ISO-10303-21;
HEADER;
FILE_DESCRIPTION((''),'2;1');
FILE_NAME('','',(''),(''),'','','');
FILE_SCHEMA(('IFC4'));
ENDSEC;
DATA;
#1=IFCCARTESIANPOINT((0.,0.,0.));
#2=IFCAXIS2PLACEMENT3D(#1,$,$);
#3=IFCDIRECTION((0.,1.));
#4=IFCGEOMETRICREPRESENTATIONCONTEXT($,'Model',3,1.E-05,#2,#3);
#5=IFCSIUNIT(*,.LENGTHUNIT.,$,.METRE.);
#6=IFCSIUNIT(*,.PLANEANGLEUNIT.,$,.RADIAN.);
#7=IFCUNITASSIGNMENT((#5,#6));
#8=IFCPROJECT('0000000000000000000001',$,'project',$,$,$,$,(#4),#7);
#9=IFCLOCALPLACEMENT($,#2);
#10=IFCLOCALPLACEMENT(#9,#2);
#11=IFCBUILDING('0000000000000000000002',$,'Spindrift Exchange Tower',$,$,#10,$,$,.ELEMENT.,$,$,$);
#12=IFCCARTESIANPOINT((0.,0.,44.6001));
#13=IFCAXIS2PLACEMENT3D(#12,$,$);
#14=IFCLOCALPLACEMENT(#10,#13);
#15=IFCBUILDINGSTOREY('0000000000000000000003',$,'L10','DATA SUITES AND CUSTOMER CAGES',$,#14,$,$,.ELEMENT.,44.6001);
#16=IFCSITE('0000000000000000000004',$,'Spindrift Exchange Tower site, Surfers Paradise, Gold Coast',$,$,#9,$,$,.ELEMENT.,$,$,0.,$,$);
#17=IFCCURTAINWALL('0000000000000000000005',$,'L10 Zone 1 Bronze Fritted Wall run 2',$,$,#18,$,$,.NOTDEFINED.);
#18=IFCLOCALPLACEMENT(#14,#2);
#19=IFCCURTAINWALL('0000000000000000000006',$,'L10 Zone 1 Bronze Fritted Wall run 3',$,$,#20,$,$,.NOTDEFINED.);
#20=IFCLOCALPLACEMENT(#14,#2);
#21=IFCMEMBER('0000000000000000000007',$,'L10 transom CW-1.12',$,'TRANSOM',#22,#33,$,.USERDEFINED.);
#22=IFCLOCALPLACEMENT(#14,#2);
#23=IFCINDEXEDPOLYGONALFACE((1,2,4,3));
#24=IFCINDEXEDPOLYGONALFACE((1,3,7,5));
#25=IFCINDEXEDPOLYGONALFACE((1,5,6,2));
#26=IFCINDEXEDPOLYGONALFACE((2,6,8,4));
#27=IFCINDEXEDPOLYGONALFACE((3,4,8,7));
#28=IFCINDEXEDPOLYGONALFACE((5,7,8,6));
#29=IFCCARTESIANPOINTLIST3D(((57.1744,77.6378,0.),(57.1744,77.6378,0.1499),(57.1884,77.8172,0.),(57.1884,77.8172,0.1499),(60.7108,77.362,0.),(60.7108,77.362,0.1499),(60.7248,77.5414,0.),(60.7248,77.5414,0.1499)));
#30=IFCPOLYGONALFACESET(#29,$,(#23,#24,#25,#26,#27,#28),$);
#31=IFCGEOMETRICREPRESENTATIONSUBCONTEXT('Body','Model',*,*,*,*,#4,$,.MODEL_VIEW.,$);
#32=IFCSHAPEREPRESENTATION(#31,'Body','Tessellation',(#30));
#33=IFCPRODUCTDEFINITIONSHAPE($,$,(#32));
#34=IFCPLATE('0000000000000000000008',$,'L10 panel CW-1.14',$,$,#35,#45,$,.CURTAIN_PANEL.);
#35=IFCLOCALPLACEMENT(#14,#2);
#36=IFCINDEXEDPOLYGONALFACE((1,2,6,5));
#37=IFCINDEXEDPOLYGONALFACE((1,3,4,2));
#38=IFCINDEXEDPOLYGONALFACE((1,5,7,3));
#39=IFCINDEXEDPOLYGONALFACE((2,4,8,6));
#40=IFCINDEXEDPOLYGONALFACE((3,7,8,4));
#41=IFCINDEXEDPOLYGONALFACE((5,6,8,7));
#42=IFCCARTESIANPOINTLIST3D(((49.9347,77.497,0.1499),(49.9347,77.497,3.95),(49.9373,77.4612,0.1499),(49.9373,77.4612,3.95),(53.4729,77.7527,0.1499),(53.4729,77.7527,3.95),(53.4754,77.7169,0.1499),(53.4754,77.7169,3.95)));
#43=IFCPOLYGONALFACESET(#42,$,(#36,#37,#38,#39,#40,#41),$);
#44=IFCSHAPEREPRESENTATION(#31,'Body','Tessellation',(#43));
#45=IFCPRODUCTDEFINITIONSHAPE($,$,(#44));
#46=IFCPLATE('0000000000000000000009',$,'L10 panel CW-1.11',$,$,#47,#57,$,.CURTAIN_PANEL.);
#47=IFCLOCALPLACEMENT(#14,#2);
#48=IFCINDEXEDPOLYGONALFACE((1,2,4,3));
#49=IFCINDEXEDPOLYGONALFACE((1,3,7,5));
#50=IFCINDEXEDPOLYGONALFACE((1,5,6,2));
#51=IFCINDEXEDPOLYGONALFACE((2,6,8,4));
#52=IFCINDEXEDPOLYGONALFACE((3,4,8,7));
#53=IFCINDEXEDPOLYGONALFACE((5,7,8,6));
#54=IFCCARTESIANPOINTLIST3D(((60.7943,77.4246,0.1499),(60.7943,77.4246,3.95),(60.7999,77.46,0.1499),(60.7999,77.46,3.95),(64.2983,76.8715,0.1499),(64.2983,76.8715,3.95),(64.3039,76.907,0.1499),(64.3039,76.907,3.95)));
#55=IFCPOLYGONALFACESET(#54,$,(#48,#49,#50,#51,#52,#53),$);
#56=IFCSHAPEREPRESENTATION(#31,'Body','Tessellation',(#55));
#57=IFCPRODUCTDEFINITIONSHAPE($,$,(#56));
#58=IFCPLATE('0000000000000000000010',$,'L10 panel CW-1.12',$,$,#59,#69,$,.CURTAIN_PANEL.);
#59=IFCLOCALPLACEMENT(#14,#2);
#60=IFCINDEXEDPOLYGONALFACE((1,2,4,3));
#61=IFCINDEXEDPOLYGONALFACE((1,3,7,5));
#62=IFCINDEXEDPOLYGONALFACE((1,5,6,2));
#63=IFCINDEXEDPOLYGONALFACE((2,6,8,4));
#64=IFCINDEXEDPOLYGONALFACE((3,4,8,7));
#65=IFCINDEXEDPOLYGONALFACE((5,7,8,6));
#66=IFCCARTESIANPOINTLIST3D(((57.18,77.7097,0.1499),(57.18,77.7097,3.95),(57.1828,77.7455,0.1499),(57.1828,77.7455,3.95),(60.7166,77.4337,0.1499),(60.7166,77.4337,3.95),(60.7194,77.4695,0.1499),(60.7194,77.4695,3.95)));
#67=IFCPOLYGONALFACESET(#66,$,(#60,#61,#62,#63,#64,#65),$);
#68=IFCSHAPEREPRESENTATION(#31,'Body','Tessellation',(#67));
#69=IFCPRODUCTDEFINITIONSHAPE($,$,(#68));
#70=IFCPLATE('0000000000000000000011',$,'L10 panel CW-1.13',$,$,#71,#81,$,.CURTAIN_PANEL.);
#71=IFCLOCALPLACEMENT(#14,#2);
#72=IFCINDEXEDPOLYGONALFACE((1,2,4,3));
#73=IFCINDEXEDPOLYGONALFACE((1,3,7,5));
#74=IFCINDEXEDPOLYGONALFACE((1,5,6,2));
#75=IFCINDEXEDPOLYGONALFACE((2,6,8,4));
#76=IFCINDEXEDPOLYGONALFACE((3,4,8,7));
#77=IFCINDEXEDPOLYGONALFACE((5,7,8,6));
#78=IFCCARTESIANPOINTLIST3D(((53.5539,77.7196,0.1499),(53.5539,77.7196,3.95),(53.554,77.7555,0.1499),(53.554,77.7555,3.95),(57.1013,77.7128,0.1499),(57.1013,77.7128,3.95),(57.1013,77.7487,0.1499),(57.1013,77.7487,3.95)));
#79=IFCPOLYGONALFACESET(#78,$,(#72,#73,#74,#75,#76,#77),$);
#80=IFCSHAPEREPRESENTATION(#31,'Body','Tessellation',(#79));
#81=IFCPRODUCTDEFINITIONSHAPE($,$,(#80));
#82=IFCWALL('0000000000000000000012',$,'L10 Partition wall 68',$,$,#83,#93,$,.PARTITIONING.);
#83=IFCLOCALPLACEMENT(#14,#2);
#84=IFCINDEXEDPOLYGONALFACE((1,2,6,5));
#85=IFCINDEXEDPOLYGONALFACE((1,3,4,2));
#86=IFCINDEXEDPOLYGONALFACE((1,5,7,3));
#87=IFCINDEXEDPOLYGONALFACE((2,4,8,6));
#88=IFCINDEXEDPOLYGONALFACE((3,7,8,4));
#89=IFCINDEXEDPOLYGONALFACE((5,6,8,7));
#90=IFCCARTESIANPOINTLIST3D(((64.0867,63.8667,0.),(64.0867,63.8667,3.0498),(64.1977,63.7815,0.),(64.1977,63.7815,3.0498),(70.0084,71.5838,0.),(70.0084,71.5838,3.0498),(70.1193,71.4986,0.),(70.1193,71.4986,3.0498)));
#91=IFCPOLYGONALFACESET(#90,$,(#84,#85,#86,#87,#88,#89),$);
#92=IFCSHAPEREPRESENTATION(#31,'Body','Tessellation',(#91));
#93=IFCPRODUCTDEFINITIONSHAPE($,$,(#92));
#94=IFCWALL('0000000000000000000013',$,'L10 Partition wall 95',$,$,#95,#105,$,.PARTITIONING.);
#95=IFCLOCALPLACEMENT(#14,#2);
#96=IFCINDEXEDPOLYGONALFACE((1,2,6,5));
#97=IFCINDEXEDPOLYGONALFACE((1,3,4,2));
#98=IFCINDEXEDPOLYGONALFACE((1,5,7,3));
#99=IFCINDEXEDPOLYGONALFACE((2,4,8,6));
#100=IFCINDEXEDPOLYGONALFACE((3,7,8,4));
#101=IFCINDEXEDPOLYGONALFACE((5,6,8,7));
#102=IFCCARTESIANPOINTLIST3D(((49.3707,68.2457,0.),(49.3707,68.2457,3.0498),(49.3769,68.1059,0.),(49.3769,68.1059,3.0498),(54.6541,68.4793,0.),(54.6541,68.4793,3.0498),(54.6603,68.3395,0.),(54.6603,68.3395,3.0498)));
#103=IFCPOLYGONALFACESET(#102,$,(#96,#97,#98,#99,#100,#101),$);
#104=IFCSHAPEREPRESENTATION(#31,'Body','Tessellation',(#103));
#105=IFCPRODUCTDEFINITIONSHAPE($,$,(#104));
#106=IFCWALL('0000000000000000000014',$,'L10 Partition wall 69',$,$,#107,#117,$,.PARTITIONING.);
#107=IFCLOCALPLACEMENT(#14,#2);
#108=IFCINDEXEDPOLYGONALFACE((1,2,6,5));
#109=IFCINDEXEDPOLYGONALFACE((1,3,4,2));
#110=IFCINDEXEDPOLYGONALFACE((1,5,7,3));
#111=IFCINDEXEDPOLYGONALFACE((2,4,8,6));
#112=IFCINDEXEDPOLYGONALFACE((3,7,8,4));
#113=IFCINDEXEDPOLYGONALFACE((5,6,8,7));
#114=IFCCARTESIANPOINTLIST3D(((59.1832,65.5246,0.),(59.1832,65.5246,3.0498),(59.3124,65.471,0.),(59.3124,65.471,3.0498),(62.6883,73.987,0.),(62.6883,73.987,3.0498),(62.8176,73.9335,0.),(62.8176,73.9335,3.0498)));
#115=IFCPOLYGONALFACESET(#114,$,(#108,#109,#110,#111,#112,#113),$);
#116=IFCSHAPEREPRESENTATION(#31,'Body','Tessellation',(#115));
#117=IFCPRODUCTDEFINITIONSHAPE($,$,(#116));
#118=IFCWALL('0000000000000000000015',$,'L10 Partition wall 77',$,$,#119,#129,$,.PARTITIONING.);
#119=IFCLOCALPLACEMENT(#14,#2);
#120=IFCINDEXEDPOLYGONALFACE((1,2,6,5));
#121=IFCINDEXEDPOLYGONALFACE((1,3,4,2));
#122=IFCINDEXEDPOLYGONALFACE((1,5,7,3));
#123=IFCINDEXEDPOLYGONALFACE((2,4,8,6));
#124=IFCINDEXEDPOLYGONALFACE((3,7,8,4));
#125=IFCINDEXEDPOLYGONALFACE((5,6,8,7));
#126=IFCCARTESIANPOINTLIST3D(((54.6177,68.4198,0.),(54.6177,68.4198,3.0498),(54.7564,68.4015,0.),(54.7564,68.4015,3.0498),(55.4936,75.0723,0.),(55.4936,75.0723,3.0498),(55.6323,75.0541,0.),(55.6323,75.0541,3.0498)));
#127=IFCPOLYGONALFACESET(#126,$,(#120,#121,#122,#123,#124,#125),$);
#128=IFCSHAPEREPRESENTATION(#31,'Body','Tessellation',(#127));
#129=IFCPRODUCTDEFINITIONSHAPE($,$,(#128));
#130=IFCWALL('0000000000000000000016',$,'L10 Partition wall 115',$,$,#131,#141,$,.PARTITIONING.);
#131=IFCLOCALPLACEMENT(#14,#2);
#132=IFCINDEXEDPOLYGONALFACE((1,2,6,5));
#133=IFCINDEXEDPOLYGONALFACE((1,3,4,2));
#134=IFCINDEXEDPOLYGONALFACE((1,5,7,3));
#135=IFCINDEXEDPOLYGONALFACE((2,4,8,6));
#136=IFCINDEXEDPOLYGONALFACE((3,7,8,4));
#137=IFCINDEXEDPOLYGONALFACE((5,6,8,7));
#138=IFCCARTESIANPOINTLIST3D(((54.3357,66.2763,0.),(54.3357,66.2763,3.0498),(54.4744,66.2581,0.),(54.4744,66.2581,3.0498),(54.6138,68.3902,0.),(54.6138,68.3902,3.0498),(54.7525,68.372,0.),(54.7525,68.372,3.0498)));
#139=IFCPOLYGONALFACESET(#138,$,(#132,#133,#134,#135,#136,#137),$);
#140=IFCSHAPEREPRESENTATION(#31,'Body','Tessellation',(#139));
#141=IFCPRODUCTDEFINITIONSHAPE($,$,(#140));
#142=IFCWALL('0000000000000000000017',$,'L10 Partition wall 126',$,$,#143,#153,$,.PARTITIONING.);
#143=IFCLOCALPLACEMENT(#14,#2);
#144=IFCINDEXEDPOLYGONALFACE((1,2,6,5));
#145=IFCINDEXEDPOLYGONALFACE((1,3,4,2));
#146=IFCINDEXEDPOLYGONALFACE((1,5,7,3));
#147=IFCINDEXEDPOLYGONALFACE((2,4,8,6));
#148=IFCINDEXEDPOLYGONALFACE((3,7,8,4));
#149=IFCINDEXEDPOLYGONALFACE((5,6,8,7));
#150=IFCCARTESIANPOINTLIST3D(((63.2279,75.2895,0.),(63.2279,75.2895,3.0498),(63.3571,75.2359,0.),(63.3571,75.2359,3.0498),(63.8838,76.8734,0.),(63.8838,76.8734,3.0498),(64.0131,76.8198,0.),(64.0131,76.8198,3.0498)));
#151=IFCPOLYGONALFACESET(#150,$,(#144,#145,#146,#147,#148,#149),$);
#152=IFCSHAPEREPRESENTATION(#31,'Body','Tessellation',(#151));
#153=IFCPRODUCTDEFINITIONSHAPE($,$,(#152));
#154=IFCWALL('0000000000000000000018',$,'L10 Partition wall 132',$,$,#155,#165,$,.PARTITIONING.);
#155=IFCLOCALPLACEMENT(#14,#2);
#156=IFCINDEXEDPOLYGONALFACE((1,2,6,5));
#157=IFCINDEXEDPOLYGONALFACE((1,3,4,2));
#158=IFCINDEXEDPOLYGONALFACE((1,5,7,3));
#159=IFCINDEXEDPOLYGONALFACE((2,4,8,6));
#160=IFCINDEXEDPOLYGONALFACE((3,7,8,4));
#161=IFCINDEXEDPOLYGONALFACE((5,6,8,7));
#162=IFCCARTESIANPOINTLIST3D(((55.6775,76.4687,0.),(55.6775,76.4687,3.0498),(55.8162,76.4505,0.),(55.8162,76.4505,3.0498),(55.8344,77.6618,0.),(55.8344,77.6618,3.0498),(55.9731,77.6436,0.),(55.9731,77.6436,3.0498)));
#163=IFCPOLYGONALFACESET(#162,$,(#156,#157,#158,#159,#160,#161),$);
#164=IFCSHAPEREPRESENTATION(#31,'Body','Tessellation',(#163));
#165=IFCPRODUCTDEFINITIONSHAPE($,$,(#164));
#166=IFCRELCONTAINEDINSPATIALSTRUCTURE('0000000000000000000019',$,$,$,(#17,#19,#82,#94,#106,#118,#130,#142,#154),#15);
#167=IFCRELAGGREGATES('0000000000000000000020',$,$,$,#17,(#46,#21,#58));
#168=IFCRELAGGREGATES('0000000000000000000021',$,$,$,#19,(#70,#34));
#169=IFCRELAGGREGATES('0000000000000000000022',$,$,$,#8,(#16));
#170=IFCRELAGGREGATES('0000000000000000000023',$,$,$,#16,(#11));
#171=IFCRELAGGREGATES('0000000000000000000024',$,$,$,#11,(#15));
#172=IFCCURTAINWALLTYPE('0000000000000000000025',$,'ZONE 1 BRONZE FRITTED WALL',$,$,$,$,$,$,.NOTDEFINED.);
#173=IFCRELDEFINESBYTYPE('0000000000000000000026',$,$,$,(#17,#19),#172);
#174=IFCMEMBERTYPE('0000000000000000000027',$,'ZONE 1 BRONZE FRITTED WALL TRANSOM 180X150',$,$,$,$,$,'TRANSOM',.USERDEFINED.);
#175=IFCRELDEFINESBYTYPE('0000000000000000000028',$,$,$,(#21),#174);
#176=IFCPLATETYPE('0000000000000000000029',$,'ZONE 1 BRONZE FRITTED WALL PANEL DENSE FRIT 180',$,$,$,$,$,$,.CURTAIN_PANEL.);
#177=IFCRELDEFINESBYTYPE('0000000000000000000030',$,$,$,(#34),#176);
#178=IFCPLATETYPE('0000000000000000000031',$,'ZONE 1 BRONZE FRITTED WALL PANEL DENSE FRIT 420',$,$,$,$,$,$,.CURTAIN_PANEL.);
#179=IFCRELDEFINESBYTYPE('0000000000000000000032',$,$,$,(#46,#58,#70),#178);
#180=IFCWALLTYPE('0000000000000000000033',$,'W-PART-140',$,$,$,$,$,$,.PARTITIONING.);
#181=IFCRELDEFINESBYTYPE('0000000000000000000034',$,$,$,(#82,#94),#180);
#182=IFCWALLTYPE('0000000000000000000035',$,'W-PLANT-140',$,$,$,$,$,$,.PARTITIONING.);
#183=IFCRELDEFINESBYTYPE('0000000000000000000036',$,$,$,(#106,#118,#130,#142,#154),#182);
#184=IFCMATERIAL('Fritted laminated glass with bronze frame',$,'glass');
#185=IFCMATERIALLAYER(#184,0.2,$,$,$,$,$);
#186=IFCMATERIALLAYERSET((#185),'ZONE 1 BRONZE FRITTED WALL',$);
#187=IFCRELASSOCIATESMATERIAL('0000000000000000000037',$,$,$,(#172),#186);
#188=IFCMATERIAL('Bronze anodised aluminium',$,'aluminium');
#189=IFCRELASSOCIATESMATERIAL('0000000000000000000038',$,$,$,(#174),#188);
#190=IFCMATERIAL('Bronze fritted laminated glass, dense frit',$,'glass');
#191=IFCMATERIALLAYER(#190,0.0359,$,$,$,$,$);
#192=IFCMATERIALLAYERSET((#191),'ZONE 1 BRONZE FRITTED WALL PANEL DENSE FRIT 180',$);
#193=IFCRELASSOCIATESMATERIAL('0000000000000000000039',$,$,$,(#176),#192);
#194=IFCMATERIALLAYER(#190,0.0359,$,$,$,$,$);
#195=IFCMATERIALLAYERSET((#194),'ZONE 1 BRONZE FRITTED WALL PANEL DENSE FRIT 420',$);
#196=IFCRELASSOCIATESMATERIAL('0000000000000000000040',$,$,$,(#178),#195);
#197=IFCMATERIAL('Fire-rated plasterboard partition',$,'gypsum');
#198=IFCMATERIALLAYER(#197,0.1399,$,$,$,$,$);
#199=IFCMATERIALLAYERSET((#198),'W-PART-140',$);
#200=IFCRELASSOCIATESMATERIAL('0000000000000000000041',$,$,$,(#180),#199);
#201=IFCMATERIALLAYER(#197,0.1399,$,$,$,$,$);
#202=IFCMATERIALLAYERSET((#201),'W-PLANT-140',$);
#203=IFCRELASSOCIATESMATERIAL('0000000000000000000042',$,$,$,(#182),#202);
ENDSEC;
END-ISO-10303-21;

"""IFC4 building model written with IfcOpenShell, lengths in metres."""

from ifc_helpers import new_model, si_unit, direction, frame, frame_2d, origin, origin_2d, place, context, subcontext, project, spatial, rectangle, extrude, source, transform, mapped, material, layer, layer_set, material_profile, profile_set, type_object, element, aggregate, save


model = new_model("IFC4")

# Units and contexts
model_context = context("Model", 3, precision=1e-05, world=origin(), true_north=direction((0.0, 1.0)))
body_context = subcontext(model_context, "Body", "Model", "MODEL_VIEW")
ifc_project = project(units=[si_unit("LENGTHUNIT", "METRE"), si_unit("PLANEANGLEUNIT", "RADIAN")], contexts=[model_context])

# Site, building, storey
site_placement = place(None, origin())
site = spatial("IfcSite", under=ifc_project, at=site_placement, Name="Spindrift Exchange Tower site, Surfers Paradise, Gold Coast", CompositionType="ELEMENT", RefElevation=0.0)
building_placement = place(site_placement, origin())
building = spatial("IfcBuilding", under=site, at=building_placement, Name="Spindrift Exchange Tower", CompositionType="ELEMENT")
storey_placement = place(building_placement, frame((0.0, 0.0, 44.6001)))
storey = spatial("IfcBuildingStorey", under=building, at=storey_placement, Name="L10", Description="DATA SUITES AND CUSTOMER CAGES", CompositionType="ELEMENT", Elevation=44.6001)

# Curtain walls
ifc_material_1 = material(Name="Fritted laminated glass with bronze frame", Category="glass")
ifc_layer_1 = layer(ifc_material_1, 0.2)
ifc_layer_set_1 = layer_set([ifc_layer_1], Name="ZONE 1 BRONZE FRITTED WALL")
curtain_wall_type = type_object("IfcCurtainWallType", Name="ZONE 1 BRONZE FRITTED WALL", PredefinedType="NOTDEFINED", material=ifc_layer_set_1)
curtain_wall_1_placement = place(storey_placement, origin())
curtain_wall_1 = element("IfcCurtainWall", 1, at=curtain_wall_1_placement, inside=storey, type_object=curtain_wall_type, Name="L10 Zone 1 Bronze Fritted Wall run 2", PredefinedType="NOTDEFINED")
ifc_material_2 = material(Name="Bronze anodised aluminium", Category="aluminium")
curtain_wall_2_placement = place(storey_placement, origin())
curtain_wall_2 = element("IfcCurtainWall", 2, at=curtain_wall_2_placement, inside=storey, type_object=curtain_wall_type, Name="L10 Zone 1 Bronze Fritted Wall run 3", PredefinedType="NOTDEFINED")

# Member
ifc_material_profile_1 = material_profile(ifc_material_2, rectangle(XDim=0.1799, YDim=0.1499, at=origin_2d()), Name="ZONE 1 BRONZE FRITTED WALL TRANSOM 180X150")
ifc_profile_set_1 = profile_set([ifc_material_profile_1], Name="Bronze anodised aluminium")
member_type_1 = type_object("IfcMemberType", Name="ZONE 1 BRONZE FRITTED WALL TRANSOM 180X150", ElementType="TRANSOM", PredefinedType="USERDEFINED", material=ifc_profile_set_1)
shared_shape_1 = source(origin(), body_context, "Body", "SweptSolid", [
    extrude(rectangle(XDim=0.1799, YDim=0.1499, at=origin_2d()), origin(), (0.0, 0.0, 1.0), 3.5471),
])
member_1_placement = place(storey_placement, frame((60.7178, 77.4517, 0.075), z_axis=(-0.996971, 0.077775, 0.0), x_axis=(-0.077775, -0.996971, 0.0)))
member_1 = element("IfcMember", 3, at=member_1_placement, type_object=member_type_1, Name="L10 transom CW-1.12", ObjectType="TRANSOM", PredefinedType="USERDEFINED", context=body_context, shape_type="MappedRepresentation", body=[
    mapped(shared_shape_1, transform((0.0, 0.0, 0.0), scale=1.0)),
])

# Plates
ifc_material_3 = material(Name="Bronze fritted laminated glass, dense frit", Category="glass")
ifc_layer_2 = layer(ifc_material_3, 0.0359)
ifc_layer_set_2 = layer_set([ifc_layer_2], Name="ZONE 1 BRONZE FRITTED WALL PANEL DENSE FRIT 180")
plate_type_1 = type_object("IfcPlateType", Name="ZONE 1 BRONZE FRITTED WALL PANEL DENSE FRIT 180", PredefinedType="CURTAIN_PANEL", material=ifc_layer_set_2)
shared_shape_2 = source(origin(), body_context, "Body", "SweptSolid", [
    extrude(rectangle(XDim=3.5474, YDim=0.0359, at=origin_2d()), origin(), (0.0, 0.0, 1.0), 3.8),
])
plate_1_placement = place(storey_placement, frame((51.7051, 77.6069, 0.1499), z_axis=(0.0, 0.0, 1.0), x_axis=(-0.997398, -0.072091, 0.0)))
plate_1 = element("IfcPlate", 4, at=plate_1_placement, type_object=plate_type_1, Name="L10 panel CW-1.14", PredefinedType="CURTAIN_PANEL", context=body_context, shape_type="MappedRepresentation", body=[
    mapped(shared_shape_2, transform((0.0, 0.0, 0.0), scale=1.0)),
])
ifc_layer_3 = layer(ifc_material_3, 0.0359)
ifc_layer_set_3 = layer_set([ifc_layer_3], Name="ZONE 1 BRONZE FRITTED WALL PANEL DENSE FRIT 420")
plate_type_2 = type_object("IfcPlateType", Name="ZONE 1 BRONZE FRITTED WALL PANEL DENSE FRIT 420", PredefinedType="CURTAIN_PANEL", material=ifc_layer_set_3)
shared_shape_3 = source(origin(), body_context, "Body", "SweptSolid", [
    extrude(rectangle(XDim=3.5474, YDim=0.0359, at=origin_2d()), origin(), (0.0, 0.0, 1.0), 3.8),
])
plate_2_placement = place(storey_placement, frame((62.5491, 77.1658, 0.1499), z_axis=(0.0, 0.0, 1.0), x_axis=(-0.987772, 0.155903, 0.0)))
plate_2 = element("IfcPlate", 5, at=plate_2_placement, type_object=plate_type_2, Name="L10 panel CW-1.11", PredefinedType="CURTAIN_PANEL", context=body_context, shape_type="MappedRepresentation", body=[
    mapped(shared_shape_3, transform((0.0, 0.0, 0.0), scale=1.0)),
])
plate_3_placement = place(storey_placement, frame((58.9497, 77.5896, 0.1499), z_axis=(0.0, 0.0, 1.0), x_axis=(-0.996969, 0.0778, 0.0)))
plate_3 = element("IfcPlate", 6, at=plate_3_placement, type_object=plate_type_2, Name="L10 panel CW-1.12", PredefinedType="CURTAIN_PANEL", context=body_context, shape_type="MappedRepresentation", body=[
    mapped(shared_shape_3, transform((0.0, 0.0, 0.0), scale=1.0)),
])
aggregate(curtain_wall_1, [plate_2, member_1, plate_3])
plate_4_placement = place(storey_placement, frame((55.3276, 77.7341, 0.1499), z_axis=(0.0, 0.0, 1.0), x_axis=(-0.999998, 0.00193, 0.0)))
plate_4 = element("IfcPlate", 7, at=plate_4_placement, type_object=plate_type_2, Name="L10 panel CW-1.13", PredefinedType="CURTAIN_PANEL", context=body_context, shape_type="MappedRepresentation", body=[
    mapped(shared_shape_3, transform((0.0, 0.0, 0.0), scale=1.0)),
])
aggregate(curtain_wall_2, [plate_4, plate_1])

# Walls
ifc_material_4 = material(Name="Fire-rated plasterboard partition", Category="gypsum")
ifc_layer_4 = layer(ifc_material_4, 0.1399)
ifc_layer_set_4 = layer_set([ifc_layer_4], Name="W-PART-140")
wall_type_1 = type_object("IfcWallType", Name="W-PART-140", PredefinedType="PARTITIONING", material=ifc_layer_set_4)
wall_1_placement = place(storey_placement, frame((64.1421, 63.824, 0.0), z_axis=(0.0, 0.0, 1.0), x_axis=(0.60877, 0.793347, 0.0)))
element("IfcWall", 8, at=wall_1_placement, inside=storey, type_object=wall_type_1, Name="L10 Partition wall 68", PredefinedType="PARTITIONING", context=body_context, shape_type="SweptSolid", body=[
    extrude(rectangle(XDim=9.7273, YDim=0.1399, at=frame_2d((4.8638, 0.0))), origin(), (0.0, 0.0, 1.0), 3.0498),
])
wall_2_placement = place(storey_placement, frame((54.6572, 68.4094, 0.0), z_axis=(0.0, 0.0, 1.0), x_axis=(-0.999024, -0.044178, 0.0)))
element("IfcWall", 9, at=wall_2_placement, inside=storey, type_object=wall_type_1, Name="L10 Partition wall 95", PredefinedType="PARTITIONING", context=body_context, shape_type="SweptSolid", body=[
    extrude(rectangle(XDim=5.2886, YDim=0.1399, at=frame_2d((2.6443, 0.0))), origin(), (0.0, 0.0, 1.0), 3.0498),
])
ifc_layer_5 = layer(ifc_material_4, 0.1399)
ifc_layer_set_5 = layer_set([ifc_layer_5], Name="W-PLANT-140")
wall_type_2 = type_object("IfcWallType", Name="W-PLANT-140", PredefinedType="PARTITIONING", material=ifc_layer_set_5)
wall_3_placement = place(storey_placement, frame((59.2478, 65.4978, 0.0), z_axis=(0.0, 0.0, 1.0), x_axis=(0.382673, 0.923884, 0.0)))
element("IfcWall", 10, at=wall_3_placement, inside=storey, type_object=wall_type_2, Name="L10 Partition wall 69", PredefinedType="PARTITIONING", context=body_context, shape_type="SweptSolid", body=[
    extrude(rectangle(XDim=9.1597, YDim=0.1399, at=frame_2d((4.5798, 0.0))), origin(), (0.0, 0.0, 1.0), 3.0498),
])
wall_4_placement = place(storey_placement, frame((54.687, 68.4106, 0.0), z_axis=(0.0, 0.0, 1.0), x_axis=(0.130548, 0.991442, 0.0)))
element("IfcWall", 11, at=wall_4_placement, inside=storey, type_object=wall_type_2, Name="L10 Partition wall 77", PredefinedType="PARTITIONING", context=body_context, shape_type="SweptSolid", body=[
    extrude(rectangle(XDim=6.71, YDim=0.1399, at=frame_2d((3.355, 0.0))), origin(), (0.0, 0.0, 1.0), 3.0498),
])
wall_5_placement = place(storey_placement, frame((54.405, 66.2673, 0.0), z_axis=(0.0, 0.0, 1.0), x_axis=(0.130431, 0.991457, 0.0)))
element("IfcWall", 12, at=wall_5_placement, inside=storey, type_object=wall_type_2, Name="L10 Partition wall 115", PredefinedType="PARTITIONING", context=body_context, shape_type="SweptSolid", body=[
    extrude(rectangle(XDim=2.1321, YDim=0.1399, at=frame_2d((1.0659, 0.0))), origin(), (0.0, 0.0, 1.0), 3.0498),
])
wall_6_placement = place(storey_placement, frame((63.2925, 75.2627, 0.0), z_axis=(0.0, 0.0, 1.0), x_axis=(0.382633, 0.923901, 0.0)))
element("IfcWall", 13, at=wall_6_placement, inside=storey, type_object=wall_type_2, Name="L10 Partition wall 126", PredefinedType="PARTITIONING", context=body_context, shape_type="SweptSolid", body=[
    extrude(rectangle(XDim=1.7144, YDim=0.1399, at=frame_2d((0.8572, 0.0))), origin(), (0.0, 0.0, 1.0), 3.0498),
])
wall_7_placement = place(storey_placement, frame((55.7468, 76.4597, 0.0), z_axis=(0.0, 0.0, 1.0), x_axis=(0.130449, 0.991455, 0.0)))
element("IfcWall", 14, at=wall_7_placement, inside=storey, type_object=wall_type_2, Name="L10 Partition wall 132", PredefinedType="PARTITIONING", context=body_context, shape_type="SweptSolid", body=[
    extrude(rectangle(XDim=1.2034, YDim=0.1399, at=frame_2d((0.6016, 0.0))), origin(), (0.0, 0.0, 1.0), 3.0498),
])

save(model, "model.ifc")
